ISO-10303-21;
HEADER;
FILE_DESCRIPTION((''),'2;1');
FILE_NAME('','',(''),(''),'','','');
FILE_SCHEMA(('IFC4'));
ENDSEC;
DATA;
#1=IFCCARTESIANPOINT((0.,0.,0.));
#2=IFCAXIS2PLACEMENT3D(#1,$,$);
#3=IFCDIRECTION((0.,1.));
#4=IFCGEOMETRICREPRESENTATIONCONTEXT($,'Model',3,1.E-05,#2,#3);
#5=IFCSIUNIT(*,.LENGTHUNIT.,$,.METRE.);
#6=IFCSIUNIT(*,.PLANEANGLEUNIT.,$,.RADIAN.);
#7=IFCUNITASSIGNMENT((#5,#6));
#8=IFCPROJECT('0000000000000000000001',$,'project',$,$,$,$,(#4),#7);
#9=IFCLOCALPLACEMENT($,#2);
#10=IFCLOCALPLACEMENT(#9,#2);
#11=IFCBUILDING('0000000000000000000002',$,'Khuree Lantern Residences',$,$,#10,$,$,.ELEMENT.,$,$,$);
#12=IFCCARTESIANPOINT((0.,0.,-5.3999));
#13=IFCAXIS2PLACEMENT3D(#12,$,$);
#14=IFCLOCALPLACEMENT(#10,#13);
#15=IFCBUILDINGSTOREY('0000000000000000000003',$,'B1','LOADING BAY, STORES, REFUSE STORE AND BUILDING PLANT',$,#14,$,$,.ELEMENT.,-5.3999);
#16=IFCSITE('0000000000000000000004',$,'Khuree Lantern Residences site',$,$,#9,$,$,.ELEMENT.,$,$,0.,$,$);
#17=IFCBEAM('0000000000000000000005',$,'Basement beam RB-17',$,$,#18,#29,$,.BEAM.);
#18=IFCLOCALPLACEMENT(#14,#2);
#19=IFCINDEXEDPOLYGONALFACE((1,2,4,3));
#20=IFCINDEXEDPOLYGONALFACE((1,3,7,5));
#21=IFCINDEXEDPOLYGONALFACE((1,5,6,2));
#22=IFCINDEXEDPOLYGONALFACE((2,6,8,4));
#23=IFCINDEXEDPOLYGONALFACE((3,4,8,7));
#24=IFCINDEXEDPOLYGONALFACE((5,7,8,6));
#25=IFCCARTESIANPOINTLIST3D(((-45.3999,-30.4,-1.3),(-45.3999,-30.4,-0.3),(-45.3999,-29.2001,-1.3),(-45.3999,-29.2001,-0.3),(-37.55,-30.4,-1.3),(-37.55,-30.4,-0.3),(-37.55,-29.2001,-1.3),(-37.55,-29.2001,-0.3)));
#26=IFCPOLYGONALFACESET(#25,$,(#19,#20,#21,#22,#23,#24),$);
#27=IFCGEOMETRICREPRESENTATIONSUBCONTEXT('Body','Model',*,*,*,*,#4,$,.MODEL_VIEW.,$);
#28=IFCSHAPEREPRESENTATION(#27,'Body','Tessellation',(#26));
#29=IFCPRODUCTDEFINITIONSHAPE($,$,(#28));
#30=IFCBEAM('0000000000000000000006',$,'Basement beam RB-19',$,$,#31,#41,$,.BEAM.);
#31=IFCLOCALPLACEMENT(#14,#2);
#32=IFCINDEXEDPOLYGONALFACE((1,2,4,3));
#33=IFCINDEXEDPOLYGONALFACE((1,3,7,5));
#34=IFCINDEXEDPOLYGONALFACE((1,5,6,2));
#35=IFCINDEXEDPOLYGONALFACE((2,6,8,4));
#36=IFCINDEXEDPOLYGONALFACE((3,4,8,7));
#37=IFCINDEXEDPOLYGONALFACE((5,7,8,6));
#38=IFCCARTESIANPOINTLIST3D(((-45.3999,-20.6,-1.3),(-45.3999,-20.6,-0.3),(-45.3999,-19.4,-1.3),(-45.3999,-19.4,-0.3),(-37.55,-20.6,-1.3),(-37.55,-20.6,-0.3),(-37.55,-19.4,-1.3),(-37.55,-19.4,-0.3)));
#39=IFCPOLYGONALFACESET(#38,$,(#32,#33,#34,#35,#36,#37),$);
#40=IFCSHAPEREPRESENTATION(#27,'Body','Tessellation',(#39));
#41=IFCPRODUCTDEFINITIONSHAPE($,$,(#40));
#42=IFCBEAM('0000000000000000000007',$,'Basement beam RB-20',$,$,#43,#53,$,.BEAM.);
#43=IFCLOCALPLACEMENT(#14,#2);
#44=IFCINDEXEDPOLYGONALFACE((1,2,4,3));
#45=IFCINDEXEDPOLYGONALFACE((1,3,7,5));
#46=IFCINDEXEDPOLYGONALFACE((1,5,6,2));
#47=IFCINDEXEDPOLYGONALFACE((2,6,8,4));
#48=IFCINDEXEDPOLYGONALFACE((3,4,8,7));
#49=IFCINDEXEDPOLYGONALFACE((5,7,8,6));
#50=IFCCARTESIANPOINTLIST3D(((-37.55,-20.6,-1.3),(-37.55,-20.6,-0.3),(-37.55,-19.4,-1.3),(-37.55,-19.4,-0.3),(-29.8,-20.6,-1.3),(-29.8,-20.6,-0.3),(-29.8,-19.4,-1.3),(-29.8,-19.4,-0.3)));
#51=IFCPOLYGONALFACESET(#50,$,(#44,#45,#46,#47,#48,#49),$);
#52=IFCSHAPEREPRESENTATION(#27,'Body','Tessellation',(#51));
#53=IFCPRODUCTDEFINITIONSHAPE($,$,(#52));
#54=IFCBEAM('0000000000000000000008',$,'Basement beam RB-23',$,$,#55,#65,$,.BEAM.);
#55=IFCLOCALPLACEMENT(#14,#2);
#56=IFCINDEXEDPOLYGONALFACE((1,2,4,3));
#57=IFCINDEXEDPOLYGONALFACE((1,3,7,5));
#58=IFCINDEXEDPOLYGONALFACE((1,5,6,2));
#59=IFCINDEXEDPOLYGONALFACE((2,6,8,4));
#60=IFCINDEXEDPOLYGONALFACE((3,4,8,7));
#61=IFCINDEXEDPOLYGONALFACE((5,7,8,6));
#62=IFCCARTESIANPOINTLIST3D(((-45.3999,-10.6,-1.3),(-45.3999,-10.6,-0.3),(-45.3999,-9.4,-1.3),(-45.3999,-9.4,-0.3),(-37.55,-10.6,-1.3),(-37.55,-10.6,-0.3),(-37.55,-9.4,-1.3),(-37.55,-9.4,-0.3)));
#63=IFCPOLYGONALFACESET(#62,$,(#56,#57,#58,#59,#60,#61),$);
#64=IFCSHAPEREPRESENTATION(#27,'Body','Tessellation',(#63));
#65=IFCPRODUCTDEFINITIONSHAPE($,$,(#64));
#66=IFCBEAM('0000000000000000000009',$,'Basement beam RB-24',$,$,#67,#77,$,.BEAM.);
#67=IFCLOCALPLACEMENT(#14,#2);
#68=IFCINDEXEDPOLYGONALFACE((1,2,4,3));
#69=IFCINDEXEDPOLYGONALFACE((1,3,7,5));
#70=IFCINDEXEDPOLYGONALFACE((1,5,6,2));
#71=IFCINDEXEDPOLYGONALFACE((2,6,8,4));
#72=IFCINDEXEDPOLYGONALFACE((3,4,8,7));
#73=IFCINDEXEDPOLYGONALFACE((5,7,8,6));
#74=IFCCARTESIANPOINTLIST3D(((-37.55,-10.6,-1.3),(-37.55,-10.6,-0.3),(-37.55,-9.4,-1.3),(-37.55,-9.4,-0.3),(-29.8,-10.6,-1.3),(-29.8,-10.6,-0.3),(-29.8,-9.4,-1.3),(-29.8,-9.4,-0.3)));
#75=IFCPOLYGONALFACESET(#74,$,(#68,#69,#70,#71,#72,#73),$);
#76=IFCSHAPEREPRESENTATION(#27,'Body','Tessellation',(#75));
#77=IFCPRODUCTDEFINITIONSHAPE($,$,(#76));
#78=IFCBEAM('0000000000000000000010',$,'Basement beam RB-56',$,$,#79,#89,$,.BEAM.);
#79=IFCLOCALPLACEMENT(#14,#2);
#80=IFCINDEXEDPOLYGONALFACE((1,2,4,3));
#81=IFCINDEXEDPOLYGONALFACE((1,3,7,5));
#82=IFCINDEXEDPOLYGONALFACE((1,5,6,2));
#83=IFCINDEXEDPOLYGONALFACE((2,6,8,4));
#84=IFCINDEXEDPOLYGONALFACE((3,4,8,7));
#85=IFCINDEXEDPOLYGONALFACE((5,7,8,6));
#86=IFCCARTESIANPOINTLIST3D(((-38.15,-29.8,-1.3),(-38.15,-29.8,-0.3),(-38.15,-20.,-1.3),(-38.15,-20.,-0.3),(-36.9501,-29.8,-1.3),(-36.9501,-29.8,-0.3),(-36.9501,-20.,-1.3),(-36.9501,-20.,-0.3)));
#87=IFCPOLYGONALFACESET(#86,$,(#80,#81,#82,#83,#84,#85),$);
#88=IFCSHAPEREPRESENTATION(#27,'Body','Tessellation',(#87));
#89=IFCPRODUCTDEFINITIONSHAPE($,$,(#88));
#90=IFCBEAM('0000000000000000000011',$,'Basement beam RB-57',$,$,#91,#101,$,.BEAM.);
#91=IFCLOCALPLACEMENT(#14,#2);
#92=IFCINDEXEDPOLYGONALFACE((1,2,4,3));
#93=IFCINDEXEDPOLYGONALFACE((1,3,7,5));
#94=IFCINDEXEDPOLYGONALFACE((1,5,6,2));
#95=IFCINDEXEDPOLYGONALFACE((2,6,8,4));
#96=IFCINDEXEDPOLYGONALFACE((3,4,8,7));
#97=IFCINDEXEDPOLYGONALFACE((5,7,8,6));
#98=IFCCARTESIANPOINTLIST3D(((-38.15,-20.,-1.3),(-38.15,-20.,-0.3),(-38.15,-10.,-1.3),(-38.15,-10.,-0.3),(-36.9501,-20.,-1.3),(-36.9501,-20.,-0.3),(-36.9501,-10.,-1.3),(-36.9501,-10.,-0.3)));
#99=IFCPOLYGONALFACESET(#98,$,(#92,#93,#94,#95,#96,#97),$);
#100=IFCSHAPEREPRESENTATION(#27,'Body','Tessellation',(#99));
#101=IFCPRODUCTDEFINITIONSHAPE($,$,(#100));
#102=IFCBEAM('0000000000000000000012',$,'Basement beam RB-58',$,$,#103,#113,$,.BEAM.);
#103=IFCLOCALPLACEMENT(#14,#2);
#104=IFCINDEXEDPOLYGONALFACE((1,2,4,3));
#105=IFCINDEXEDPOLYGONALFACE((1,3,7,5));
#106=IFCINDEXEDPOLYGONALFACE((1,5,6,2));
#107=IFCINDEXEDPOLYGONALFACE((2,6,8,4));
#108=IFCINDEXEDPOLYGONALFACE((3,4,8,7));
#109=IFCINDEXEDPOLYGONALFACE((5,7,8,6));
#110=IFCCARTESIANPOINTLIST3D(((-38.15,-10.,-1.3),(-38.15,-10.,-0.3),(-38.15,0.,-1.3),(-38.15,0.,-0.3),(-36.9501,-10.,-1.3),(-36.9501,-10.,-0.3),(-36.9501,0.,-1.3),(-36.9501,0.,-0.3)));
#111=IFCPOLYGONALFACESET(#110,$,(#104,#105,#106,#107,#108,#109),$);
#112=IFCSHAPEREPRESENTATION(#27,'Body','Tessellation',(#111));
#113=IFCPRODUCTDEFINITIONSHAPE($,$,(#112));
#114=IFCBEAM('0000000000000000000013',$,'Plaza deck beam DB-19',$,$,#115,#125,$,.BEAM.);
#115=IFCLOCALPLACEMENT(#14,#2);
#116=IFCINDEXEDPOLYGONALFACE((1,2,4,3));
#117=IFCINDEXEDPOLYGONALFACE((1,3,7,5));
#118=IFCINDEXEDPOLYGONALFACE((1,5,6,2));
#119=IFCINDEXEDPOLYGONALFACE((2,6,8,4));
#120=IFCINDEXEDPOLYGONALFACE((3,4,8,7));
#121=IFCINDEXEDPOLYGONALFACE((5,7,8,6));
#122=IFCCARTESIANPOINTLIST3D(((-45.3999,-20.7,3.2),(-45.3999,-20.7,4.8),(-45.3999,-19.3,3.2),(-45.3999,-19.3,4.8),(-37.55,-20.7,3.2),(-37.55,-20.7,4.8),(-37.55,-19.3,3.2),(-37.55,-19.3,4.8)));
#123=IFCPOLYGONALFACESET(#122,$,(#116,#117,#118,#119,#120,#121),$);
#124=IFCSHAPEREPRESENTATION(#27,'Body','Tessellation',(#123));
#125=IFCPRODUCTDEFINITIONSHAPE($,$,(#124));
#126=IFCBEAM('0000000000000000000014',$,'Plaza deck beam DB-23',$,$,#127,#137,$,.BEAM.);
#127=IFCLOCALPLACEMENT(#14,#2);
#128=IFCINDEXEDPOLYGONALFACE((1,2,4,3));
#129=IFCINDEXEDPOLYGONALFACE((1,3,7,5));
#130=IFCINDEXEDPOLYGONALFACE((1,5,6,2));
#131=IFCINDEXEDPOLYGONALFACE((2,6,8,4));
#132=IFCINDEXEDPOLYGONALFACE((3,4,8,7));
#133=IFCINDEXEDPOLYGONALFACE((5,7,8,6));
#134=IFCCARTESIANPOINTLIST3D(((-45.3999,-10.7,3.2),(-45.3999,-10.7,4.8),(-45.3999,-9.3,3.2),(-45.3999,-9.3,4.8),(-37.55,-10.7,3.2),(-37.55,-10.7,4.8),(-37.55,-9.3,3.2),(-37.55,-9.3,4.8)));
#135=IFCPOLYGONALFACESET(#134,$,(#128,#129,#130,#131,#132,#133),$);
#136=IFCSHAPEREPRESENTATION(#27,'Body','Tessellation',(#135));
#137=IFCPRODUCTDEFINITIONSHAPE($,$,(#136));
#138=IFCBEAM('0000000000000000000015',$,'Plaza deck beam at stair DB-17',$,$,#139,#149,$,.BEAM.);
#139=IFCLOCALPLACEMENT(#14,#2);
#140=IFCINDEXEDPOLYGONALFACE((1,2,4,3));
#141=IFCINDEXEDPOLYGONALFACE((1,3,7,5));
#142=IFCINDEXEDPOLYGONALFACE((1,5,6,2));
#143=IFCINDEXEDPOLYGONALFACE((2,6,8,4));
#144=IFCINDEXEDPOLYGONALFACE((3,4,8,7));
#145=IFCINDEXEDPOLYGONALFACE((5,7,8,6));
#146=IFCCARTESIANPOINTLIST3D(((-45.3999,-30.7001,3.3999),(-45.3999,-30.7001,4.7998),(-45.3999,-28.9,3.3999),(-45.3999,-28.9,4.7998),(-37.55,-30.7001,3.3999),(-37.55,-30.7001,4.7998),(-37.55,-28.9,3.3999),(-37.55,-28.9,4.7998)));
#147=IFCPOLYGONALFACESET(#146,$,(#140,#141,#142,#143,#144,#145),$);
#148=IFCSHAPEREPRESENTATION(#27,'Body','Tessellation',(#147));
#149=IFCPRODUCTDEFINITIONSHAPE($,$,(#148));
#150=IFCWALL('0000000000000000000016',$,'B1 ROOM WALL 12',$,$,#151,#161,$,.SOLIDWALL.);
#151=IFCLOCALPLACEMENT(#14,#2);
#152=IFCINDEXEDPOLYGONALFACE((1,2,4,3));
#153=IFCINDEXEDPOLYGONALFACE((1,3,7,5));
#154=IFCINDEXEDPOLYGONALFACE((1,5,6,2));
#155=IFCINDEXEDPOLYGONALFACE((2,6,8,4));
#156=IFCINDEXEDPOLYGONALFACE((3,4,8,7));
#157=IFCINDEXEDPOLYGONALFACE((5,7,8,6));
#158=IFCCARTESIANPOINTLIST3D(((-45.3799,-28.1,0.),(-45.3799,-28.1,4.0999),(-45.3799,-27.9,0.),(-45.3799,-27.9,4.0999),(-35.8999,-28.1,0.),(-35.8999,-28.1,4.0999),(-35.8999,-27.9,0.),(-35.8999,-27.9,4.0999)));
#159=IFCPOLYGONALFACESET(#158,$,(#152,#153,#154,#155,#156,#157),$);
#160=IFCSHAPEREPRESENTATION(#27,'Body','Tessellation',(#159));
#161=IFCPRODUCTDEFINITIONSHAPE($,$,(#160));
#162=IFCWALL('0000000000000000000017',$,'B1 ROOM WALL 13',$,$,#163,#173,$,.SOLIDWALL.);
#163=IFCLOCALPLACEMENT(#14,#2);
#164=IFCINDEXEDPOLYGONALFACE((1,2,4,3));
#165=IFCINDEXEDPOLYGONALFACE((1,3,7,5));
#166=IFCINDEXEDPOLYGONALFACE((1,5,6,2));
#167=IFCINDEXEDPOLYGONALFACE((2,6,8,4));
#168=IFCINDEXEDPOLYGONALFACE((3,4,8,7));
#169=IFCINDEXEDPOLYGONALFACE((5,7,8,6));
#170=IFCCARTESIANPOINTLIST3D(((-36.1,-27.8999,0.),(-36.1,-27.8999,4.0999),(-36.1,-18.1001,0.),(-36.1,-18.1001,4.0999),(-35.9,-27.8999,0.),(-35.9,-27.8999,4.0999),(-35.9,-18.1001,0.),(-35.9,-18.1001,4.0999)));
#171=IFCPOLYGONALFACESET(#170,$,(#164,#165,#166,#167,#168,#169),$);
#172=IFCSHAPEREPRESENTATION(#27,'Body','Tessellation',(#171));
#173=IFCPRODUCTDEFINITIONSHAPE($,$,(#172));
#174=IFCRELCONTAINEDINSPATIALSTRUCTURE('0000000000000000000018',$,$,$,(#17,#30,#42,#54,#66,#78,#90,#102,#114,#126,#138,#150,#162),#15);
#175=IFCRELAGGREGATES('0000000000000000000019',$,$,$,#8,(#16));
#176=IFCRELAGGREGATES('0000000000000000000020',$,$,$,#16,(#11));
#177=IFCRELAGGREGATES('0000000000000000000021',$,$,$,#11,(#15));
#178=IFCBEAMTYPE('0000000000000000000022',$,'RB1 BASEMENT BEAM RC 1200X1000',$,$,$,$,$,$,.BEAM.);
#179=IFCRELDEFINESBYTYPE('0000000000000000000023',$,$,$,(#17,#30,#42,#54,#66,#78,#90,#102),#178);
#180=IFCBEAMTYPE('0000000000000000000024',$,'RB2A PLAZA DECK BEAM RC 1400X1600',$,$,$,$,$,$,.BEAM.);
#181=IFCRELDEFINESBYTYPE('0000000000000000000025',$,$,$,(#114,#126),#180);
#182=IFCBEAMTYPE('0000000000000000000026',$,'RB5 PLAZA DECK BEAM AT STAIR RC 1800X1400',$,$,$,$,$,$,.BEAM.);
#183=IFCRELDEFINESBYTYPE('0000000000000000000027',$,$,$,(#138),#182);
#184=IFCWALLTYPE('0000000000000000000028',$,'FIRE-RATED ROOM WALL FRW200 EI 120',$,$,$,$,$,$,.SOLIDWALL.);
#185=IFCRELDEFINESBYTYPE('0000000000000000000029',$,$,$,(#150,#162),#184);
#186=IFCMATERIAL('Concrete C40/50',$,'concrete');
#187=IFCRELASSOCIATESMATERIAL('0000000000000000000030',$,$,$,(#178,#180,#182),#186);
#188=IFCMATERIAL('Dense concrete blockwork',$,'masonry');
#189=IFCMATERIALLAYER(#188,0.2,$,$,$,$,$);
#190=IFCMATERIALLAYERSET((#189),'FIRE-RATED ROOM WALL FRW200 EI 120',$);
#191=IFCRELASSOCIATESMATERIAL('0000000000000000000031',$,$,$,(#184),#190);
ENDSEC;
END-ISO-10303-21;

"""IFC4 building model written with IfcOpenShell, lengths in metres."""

from ifc_helpers import new_model, si_unit, direction, frame, frame_2d, origin, origin_2d, place, context, subcontext, project, spatial, rectangle, extrude, material, layer, layer_set, material_profile, profile_set, type_object, element, save


model = new_model("IFC4")

# Units and contexts
model_context = context("Model", 3, precision=1e-05, world=origin(), true_north=direction((0.0, 1.0)))
body_context = subcontext(model_context, "Body", "Model", "MODEL_VIEW")
ifc_project = project(units=[si_unit("LENGTHUNIT", "METRE"), si_unit("PLANEANGLEUNIT", "RADIAN")], contexts=[model_context])

# Site, building, storey
site_placement = place(None, origin())
site = spatial("IfcSite", under=ifc_project, at=site_placement, Name="Khuree Lantern Residences site", CompositionType="ELEMENT", RefElevation=0.0)
building_placement = place(site_placement, origin())
building = spatial("IfcBuilding", under=site, at=building_placement, Name="Khuree Lantern Residences", CompositionType="ELEMENT")
storey_placement = place(building_placement, frame((0.0, 0.0, -5.3999)))
storey = spatial("IfcBuildingStorey", under=building, at=storey_placement, Name="B1", Description="LOADING BAY, STORES, REFUSE STORE AND BUILDING PLANT", CompositionType="ELEMENT", Elevation=-5.3999)

# Beams
ifc_material_1 = material(Name="Concrete C40/50", Category="concrete")
ifc_material_profile_1 = material_profile(ifc_material_1, rectangle(XDim=1.2, YDim=1.0, at=origin_2d()), Name="RC 1200X1000")
ifc_profile_set_1 = profile_set([ifc_material_profile_1], Name="Concrete C40/50")
beam_type_1 = type_object("IfcBeamType", Name="RB1 BASEMENT BEAM RC 1200X1000", PredefinedType="BEAM", material=ifc_profile_set_1)
for number, where, z_axis, x_axis, name in (
    (1, (-45.3999, -29.8, -0.8), (1.0, 0.0, 0.0), (0.0, 1.0, 0.0), "Basement beam RB-17"),
    (2, (-45.3999, -20.0, -0.8), (1.0, 0.0, 0.0), (0.0, 1.0, 0.0), "Basement beam RB-19"),
):
    element("IfcBeam", number, at=place(storey_placement, frame(where, z_axis=z_axis, x_axis=x_axis)), inside=storey, type_object=beam_type_1, Name=name, PredefinedType="BEAM", context=body_context, shape_type="SweptSolid", body=[
        extrude(rectangle(XDim=1.2, YDim=1.0, at=origin_2d()), origin(), (0.0, 0.0, 1.0), 7.8499),
    ])
beam_1_placement = place(storey_placement, frame((-37.55, -20.0, -0.8), z_axis=(1.0, 0.0, 0.0), x_axis=(0.0, 1.0, 0.0)))
element("IfcBeam", 3, at=beam_1_placement, inside=storey, type_object=beam_type_1, Name="Basement beam RB-20", PredefinedType="BEAM", context=body_context, shape_type="SweptSolid", body=[
    extrude(rectangle(XDim=1.2, YDim=1.0, at=origin_2d()), origin(), (0.0, 0.0, 1.0), 7.75),
])
beam_2_placement = place(storey_placement, frame((-45.3999, -10.0, -0.8), z_axis=(1.0, 0.0, 0.0), x_axis=(0.0, 1.0, 0.0)))
element("IfcBeam", 4, at=beam_2_placement, inside=storey, type_object=beam_type_1, Name="Basement beam RB-23", PredefinedType="BEAM", context=body_context, shape_type="SweptSolid", body=[
    extrude(rectangle(XDim=1.2, YDim=1.0, at=origin_2d()), origin(), (0.0, 0.0, 1.0), 7.8499),
])
beam_3_placement = place(storey_placement, frame((-37.55, -10.0, -0.8), z_axis=(1.0, 0.0, 0.0), x_axis=(0.0, 1.0, 0.0)))
element("IfcBeam", 5, at=beam_3_placement, inside=storey, type_object=beam_type_1, Name="Basement beam RB-24", PredefinedType="BEAM", context=body_context, shape_type="SweptSolid", body=[
    extrude(rectangle(XDim=1.2, YDim=1.0, at=origin_2d()), origin(), (0.0, 0.0, 1.0), 7.75),
])
beam_4_placement = place(storey_placement, frame((-37.55, -29.8, -0.8), z_axis=(0.0, 1.0, 0.0), x_axis=(-1.0, 0.0, 0.0)))
element("IfcBeam", 6, at=beam_4_placement, inside=storey, type_object=beam_type_1, Name="Basement beam RB-56", PredefinedType="BEAM", context=body_context, shape_type="SweptSolid", body=[
    extrude(rectangle(XDim=1.2, YDim=1.0, at=origin_2d()), origin(), (0.0, 0.0, 1.0), 9.8),
])
for number, where, z_axis, x_axis, name in (
    (7, (-37.55, -20.0, -0.8), (0.0, 1.0, 0.0), (-1.0, 0.0, 0.0), "Basement beam RB-57"),
    (8, (-37.55, -10.0, -0.8), (0.0, 1.0, 0.0), (-1.0, 0.0, 0.0), "Basement beam RB-58"),
):
    element("IfcBeam", number, at=place(storey_placement, frame(where, z_axis=z_axis, x_axis=x_axis)), inside=storey, type_object=beam_type_1, Name=name, PredefinedType="BEAM", context=body_context, shape_type="SweptSolid", body=[
        extrude(rectangle(XDim=1.2, YDim=1.0, at=origin_2d()), origin(), (0.0, 0.0, 1.0), 10.0),
    ])
ifc_material_profile_2 = material_profile(ifc_material_1, rectangle(XDim=1.3999, YDim=1.6001, at=origin_2d()), Name="RC 1400X1600")
ifc_profile_set_2 = profile_set([ifc_material_profile_2], Name="Concrete C40/50")
beam_type_2 = type_object("IfcBeamType", Name="RB2A PLAZA DECK BEAM RC 1400X1600", PredefinedType="BEAM", material=ifc_profile_set_2)
for number, where, z_axis, x_axis, name in (
    (9, (-45.3999, -20.0, 4.0), (1.0, 0.0, 0.0), (0.0, 1.0, 0.0), "Plaza deck beam DB-19"),
    (10, (-45.3999, -10.0, 4.0), (1.0, 0.0, 0.0), (0.0, 1.0, 0.0), "Plaza deck beam DB-23"),
):
    element("IfcBeam", number, at=place(storey_placement, frame(where, z_axis=z_axis, x_axis=x_axis)), inside=storey, type_object=beam_type_2, Name=name, PredefinedType="BEAM", context=body_context, shape_type="SweptSolid", body=[
        extrude(rectangle(XDim=1.3999, YDim=1.6001, at=origin_2d()), origin(), (0.0, 0.0, 1.0), 7.8499),
    ])
ifc_material_profile_3 = material_profile(ifc_material_1, rectangle(XDim=1.8, YDim=1.3999, at=origin_2d()), Name="RC 1800X1400")
ifc_profile_set_3 = profile_set([ifc_material_profile_3], Name="Concrete C40/50")
beam_type_3 = type_object("IfcBeamType", Name="RB5 PLAZA DECK BEAM AT STAIR RC 1800X1400", PredefinedType="BEAM", material=ifc_profile_set_3)
beam_5_placement = place(storey_placement, frame((-45.3999, -29.8, 4.0999), z_axis=(1.0, 0.0, 0.0), x_axis=(0.0, 1.0, 0.0)))
element("IfcBeam", 11, at=beam_5_placement, inside=storey, type_object=beam_type_3, Name="Plaza deck beam at stair DB-17", PredefinedType="BEAM", context=body_context, shape_type="SweptSolid", body=[
    extrude(rectangle(XDim=1.8, YDim=1.3999, at=origin_2d()), origin(), (0.0, 0.0, 1.0), 7.8499),
])

# Walls
ifc_material_2 = material(Name="Dense concrete blockwork", Category="masonry")
ifc_layer_1 = layer(ifc_material_2, 0.2)
ifc_layer_set_1 = layer_set([ifc_layer_1], Name="FIRE-RATED ROOM WALL FRW200 EI 120")
wall_type_1 = type_object("IfcWallType", Name="FIRE-RATED ROOM WALL FRW200 EI 120", PredefinedType="SOLIDWALL", material=ifc_layer_set_1)
wall_1_placement = place(storey_placement, frame((-45.3799, -28.0, 0.0), z_axis=(0.0, 0.0, 1.0), x_axis=(1.0, 0.0, 0.0)))
element("IfcWall", 12, at=wall_1_placement, inside=storey, type_object=wall_type_1, Name="B1 ROOM WALL 12", PredefinedType="SOLIDWALL", context=body_context, shape_type="SweptSolid", body=[
    extrude(rectangle(XDim=9.48, YDim=0.2, at=frame_2d((4.74, 0.0))), origin(), (0.0, 0.0, 1.0), 4.0999),
])
wall_2_placement = place(storey_placement, frame((-36.0, -27.8999, 0.0), z_axis=(0.0, 0.0, 1.0), x_axis=(0.0, 1.0, 0.0)))
element("IfcWall", 13, at=wall_2_placement, inside=storey, type_object=wall_type_1, Name="B1 ROOM WALL 13", PredefinedType="SOLIDWALL", context=body_context, shape_type="SweptSolid", body=[
    extrude(rectangle(XDim=9.7998, YDim=0.2, at=frame_2d((4.8999, 0.0))), origin(), (0.0, 0.0, 1.0), 4.0999),
])

save(model, "model.ifc")
